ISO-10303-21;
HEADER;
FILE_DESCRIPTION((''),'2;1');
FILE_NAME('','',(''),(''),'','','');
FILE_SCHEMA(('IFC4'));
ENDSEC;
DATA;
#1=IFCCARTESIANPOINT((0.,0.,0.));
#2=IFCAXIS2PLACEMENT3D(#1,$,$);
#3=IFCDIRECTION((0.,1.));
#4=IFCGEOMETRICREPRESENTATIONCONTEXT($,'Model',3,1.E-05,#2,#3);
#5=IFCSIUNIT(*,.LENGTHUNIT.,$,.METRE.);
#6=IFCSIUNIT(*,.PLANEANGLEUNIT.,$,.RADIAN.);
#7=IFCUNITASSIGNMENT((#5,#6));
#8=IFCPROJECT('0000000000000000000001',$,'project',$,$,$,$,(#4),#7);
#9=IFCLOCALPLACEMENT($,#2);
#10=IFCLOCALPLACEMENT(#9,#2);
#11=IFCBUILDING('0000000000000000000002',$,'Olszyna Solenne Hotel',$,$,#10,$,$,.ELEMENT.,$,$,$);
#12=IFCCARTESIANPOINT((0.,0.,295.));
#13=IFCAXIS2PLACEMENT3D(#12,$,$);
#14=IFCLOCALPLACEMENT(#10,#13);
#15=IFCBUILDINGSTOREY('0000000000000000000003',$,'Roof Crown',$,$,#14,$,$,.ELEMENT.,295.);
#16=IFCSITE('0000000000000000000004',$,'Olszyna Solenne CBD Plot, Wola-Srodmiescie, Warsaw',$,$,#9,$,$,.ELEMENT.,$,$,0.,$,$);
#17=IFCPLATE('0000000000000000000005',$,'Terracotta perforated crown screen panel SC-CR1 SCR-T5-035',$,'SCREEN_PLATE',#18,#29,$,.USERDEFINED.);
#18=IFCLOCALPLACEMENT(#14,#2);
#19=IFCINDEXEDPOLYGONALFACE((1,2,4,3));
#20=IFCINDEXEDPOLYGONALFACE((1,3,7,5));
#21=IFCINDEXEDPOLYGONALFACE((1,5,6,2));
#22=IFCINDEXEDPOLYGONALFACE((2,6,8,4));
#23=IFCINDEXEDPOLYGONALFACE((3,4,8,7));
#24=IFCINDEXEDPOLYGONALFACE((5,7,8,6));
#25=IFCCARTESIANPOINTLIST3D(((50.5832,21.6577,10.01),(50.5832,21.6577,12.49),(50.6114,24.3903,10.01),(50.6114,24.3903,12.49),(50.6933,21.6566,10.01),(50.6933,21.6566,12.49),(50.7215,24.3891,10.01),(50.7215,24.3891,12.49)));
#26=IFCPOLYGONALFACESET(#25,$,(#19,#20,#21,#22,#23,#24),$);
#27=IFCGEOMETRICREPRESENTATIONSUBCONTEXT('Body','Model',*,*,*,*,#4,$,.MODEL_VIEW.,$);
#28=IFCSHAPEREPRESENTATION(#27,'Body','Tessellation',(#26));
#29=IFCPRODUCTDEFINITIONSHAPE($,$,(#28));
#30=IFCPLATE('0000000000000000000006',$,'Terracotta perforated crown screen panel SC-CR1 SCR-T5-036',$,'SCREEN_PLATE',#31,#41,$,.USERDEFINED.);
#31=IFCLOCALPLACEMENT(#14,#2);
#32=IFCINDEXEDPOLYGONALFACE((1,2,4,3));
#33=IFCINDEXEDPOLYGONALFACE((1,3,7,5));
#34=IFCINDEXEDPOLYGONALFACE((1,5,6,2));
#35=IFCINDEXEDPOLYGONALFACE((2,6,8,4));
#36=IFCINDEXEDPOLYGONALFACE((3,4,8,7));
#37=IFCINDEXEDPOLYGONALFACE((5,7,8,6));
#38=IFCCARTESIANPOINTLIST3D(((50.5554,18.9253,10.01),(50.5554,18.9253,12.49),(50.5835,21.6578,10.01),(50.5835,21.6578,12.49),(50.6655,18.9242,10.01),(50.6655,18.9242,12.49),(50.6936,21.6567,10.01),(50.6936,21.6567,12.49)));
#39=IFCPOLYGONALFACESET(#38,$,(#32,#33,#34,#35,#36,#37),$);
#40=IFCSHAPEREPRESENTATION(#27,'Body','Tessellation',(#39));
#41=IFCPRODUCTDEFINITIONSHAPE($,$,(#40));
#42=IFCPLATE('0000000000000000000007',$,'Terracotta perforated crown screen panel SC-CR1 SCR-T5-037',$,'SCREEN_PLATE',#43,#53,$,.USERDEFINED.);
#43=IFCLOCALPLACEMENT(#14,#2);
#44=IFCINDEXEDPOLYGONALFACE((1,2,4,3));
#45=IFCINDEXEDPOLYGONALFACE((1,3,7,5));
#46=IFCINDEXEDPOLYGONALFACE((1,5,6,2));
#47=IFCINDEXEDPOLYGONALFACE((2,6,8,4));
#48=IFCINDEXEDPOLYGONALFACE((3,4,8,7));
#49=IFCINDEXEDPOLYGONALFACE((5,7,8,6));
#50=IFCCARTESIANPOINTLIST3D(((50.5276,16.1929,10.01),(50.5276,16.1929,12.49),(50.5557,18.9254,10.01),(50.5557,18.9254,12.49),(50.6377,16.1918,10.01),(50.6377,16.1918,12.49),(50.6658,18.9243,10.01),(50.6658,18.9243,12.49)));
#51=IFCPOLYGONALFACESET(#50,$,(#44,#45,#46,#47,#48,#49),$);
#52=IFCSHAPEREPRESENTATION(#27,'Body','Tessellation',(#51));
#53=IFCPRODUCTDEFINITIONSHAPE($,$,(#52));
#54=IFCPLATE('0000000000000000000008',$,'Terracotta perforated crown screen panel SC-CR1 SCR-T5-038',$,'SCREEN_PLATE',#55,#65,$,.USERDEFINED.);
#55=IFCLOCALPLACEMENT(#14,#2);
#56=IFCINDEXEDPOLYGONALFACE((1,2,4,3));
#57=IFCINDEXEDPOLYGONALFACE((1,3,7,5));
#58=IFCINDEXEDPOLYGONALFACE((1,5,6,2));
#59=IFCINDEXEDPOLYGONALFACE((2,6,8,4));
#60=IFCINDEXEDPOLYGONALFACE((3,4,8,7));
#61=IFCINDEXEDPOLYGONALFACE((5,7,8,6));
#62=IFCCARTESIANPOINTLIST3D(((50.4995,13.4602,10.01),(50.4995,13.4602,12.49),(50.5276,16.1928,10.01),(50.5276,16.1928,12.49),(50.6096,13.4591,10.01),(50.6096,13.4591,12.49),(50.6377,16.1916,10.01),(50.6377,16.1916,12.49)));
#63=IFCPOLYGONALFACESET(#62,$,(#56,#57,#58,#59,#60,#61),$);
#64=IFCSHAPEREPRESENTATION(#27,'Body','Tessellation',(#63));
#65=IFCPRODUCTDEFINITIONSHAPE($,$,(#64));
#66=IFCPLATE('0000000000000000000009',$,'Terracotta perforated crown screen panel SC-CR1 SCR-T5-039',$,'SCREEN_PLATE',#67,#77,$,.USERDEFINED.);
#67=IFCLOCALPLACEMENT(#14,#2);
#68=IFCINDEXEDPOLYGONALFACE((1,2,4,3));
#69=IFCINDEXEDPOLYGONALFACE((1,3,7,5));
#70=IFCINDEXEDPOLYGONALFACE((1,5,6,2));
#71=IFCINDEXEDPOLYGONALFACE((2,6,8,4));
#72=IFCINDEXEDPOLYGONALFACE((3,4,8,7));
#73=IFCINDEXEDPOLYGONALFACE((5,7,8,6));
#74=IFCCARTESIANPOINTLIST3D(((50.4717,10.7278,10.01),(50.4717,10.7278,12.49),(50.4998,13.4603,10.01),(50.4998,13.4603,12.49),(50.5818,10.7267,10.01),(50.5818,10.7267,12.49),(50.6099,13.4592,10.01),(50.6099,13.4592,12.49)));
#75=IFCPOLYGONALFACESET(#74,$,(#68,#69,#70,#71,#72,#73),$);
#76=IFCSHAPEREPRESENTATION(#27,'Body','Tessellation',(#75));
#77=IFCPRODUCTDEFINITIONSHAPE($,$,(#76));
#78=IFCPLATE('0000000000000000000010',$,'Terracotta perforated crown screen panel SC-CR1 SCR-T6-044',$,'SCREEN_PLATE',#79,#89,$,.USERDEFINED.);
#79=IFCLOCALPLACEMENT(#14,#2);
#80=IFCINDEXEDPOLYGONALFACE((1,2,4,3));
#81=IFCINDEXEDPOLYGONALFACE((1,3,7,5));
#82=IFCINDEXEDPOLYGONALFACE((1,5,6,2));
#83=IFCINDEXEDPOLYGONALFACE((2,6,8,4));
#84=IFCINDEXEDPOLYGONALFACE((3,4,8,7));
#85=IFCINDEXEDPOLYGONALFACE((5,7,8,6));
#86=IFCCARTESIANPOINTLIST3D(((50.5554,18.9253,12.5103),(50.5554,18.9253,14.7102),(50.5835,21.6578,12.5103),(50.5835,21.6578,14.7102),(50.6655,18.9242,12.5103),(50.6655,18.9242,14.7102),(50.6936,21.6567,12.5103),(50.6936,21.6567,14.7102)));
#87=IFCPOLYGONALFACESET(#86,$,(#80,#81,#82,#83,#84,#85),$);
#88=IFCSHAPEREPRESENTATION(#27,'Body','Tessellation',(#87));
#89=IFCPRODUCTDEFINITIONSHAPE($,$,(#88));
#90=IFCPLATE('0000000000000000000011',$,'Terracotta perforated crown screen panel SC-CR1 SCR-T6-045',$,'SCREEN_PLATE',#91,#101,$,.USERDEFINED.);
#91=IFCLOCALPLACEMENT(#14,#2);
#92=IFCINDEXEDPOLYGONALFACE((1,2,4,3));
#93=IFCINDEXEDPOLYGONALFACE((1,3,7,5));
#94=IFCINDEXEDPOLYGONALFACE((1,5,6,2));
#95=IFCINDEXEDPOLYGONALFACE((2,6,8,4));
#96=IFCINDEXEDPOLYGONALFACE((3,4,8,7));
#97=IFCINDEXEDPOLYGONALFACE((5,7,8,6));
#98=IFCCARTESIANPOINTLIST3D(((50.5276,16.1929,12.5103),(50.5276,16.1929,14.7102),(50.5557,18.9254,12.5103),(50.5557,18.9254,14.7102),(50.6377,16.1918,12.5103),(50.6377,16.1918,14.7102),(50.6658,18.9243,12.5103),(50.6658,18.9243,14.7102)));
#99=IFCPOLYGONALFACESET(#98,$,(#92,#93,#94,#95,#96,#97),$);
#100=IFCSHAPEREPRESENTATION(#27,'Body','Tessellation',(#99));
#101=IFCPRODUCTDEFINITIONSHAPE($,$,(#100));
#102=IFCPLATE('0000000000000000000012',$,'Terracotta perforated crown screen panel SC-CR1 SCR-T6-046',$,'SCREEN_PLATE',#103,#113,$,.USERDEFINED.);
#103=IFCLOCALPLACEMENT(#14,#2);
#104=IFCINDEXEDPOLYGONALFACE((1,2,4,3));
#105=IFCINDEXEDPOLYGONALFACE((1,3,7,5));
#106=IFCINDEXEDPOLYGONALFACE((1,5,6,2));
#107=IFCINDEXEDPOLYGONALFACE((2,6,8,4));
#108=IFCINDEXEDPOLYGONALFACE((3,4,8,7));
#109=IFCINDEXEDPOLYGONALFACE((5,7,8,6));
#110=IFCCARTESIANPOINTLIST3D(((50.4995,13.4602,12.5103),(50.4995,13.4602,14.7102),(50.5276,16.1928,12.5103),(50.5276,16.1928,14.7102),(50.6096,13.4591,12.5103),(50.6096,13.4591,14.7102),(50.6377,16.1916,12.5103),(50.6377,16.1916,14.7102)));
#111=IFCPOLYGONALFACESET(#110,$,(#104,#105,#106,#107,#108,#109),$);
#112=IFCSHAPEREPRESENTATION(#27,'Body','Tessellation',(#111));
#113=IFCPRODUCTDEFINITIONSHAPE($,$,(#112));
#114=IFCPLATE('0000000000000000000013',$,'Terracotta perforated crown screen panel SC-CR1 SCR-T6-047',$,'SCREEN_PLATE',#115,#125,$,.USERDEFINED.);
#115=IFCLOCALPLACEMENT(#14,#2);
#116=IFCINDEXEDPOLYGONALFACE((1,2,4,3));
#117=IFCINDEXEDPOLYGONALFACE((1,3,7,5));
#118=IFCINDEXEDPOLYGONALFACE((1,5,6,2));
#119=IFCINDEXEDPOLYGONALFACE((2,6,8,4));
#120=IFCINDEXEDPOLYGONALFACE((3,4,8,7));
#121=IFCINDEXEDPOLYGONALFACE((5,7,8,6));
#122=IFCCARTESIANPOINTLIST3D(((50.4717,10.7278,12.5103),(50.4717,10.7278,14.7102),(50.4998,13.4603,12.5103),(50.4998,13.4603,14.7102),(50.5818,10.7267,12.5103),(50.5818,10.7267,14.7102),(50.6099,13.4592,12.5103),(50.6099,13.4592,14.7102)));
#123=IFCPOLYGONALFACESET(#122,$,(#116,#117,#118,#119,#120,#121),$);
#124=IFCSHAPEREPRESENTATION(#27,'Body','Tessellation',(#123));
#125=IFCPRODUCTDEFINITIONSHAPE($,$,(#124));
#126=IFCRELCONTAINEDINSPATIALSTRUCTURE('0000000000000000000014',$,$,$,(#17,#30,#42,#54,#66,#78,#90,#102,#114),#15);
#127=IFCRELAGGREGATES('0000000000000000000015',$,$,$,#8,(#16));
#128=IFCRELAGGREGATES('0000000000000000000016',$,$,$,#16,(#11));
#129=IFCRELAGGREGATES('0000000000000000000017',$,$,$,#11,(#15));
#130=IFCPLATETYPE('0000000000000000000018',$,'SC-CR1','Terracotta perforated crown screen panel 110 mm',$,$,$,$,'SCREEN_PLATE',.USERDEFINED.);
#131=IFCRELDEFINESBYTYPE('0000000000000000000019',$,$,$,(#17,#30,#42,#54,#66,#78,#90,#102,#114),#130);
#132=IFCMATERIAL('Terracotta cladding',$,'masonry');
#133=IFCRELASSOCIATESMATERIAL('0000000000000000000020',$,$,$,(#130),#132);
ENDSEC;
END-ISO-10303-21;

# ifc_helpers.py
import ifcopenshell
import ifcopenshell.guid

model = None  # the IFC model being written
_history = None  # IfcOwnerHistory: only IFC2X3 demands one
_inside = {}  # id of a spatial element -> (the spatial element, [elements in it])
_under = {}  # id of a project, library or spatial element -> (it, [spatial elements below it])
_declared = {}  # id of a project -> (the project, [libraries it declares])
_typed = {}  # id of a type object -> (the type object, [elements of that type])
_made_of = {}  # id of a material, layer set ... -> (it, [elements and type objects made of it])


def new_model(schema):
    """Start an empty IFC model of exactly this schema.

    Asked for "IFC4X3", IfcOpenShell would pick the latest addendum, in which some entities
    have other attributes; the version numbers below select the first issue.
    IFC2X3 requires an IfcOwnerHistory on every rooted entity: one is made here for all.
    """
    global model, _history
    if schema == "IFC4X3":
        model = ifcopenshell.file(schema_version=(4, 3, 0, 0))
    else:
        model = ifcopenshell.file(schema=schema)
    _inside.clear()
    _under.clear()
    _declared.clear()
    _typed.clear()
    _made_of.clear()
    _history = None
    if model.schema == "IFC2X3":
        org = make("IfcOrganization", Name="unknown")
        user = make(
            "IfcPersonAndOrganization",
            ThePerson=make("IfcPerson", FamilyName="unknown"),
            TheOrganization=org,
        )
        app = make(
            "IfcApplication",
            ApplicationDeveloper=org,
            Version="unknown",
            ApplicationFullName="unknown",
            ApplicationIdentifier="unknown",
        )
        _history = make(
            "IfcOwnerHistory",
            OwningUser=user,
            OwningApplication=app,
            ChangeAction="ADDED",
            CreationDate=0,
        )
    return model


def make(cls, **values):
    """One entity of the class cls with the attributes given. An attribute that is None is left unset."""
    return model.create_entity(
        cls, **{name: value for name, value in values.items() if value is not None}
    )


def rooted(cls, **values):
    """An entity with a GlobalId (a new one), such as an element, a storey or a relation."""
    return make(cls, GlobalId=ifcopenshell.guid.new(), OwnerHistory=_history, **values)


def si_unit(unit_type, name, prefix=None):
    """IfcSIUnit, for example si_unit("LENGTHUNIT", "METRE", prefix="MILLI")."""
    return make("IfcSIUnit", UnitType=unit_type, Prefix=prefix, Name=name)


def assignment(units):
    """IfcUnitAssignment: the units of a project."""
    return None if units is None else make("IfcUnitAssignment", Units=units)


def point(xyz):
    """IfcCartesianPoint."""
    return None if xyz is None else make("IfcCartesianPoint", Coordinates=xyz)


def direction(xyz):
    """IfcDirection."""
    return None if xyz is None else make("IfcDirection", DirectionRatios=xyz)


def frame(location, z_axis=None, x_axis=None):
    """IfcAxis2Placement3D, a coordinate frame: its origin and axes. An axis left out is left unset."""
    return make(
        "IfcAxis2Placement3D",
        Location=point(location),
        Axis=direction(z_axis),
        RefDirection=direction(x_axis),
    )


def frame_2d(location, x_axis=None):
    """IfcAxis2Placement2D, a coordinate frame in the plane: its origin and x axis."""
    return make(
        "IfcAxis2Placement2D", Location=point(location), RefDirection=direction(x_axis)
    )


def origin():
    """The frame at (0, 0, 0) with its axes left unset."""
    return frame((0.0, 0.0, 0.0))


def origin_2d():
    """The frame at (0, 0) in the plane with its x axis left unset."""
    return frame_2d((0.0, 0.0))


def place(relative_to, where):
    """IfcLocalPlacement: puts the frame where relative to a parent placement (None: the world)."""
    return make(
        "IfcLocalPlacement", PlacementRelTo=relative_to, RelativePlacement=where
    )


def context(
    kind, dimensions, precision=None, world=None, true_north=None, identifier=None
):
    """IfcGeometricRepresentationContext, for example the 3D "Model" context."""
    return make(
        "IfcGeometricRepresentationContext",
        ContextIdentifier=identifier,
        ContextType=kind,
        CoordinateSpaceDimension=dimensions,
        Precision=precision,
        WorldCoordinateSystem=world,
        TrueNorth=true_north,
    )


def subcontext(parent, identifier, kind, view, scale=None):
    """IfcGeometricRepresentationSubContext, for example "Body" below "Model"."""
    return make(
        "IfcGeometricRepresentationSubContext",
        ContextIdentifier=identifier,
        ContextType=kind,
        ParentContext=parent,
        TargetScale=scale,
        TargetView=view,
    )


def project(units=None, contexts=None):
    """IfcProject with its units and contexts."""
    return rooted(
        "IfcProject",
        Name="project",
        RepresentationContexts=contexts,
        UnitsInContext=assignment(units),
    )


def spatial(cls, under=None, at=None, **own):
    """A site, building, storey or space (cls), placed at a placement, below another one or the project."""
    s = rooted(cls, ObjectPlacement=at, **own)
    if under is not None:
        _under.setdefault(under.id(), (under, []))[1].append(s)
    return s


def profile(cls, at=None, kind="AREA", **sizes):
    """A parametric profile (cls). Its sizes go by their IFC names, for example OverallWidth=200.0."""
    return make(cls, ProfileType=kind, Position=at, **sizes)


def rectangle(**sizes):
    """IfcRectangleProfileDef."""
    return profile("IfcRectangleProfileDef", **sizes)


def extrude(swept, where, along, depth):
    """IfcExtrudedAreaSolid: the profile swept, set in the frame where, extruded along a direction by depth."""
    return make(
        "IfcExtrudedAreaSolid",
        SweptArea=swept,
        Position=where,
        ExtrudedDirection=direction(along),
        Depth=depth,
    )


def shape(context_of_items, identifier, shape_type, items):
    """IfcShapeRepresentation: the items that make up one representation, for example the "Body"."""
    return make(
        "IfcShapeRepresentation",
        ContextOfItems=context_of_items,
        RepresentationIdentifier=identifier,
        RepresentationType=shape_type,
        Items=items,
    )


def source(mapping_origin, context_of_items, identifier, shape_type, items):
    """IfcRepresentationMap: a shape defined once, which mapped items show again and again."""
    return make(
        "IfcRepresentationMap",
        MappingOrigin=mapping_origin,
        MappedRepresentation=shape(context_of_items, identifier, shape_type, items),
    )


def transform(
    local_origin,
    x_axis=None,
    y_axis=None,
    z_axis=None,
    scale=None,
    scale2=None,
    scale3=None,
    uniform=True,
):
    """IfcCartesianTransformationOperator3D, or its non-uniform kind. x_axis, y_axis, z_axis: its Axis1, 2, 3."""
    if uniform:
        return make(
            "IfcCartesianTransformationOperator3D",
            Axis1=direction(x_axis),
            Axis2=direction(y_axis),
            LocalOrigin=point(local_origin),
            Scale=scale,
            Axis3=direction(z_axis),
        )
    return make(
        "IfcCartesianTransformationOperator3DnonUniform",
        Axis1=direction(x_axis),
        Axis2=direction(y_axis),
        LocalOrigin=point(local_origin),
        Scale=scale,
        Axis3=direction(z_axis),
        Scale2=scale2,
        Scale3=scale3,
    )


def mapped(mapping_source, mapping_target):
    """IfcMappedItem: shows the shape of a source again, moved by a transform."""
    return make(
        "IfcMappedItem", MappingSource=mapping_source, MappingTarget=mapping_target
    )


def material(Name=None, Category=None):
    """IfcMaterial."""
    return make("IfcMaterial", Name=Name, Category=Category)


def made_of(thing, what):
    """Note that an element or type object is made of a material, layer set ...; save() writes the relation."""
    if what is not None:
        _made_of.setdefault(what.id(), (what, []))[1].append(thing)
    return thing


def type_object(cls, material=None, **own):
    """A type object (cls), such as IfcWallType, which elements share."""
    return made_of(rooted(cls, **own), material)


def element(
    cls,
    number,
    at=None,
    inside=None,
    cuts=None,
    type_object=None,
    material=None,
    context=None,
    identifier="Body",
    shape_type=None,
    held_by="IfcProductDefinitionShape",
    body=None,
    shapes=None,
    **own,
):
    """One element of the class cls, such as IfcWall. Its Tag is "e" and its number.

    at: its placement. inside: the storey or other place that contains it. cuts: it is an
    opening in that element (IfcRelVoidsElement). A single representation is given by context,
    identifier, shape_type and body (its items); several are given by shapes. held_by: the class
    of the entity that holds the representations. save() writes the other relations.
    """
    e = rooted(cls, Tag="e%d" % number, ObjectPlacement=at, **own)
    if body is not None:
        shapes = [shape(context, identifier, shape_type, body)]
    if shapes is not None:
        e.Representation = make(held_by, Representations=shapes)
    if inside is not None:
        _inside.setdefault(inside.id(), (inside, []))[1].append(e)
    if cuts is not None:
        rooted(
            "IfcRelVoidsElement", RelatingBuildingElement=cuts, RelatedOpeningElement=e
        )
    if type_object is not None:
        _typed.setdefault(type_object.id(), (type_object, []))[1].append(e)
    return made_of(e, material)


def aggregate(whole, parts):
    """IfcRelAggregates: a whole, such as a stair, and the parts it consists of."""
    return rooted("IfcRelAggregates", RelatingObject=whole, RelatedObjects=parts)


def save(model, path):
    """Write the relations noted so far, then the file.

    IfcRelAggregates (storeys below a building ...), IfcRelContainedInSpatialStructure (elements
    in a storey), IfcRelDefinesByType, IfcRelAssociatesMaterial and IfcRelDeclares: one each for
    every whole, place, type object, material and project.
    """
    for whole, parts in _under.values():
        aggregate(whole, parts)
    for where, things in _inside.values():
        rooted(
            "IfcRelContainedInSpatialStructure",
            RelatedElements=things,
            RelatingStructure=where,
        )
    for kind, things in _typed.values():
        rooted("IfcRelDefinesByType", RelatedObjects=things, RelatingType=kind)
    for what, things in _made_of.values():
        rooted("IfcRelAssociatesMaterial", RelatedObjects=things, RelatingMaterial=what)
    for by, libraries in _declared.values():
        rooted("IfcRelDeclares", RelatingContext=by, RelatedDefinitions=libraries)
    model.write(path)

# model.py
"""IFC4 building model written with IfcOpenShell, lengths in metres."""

from ifc_helpers import new_model, si_unit, direction, frame, origin, origin_2d, place, context, subcontext, project, spatial, rectangle, extrude, source, transform, mapped, material, type_object, element, save


model = new_model("IFC4")

# Units and contexts
model_context = context("Model", 3, precision=1e-05, world=origin(), true_north=direction((0.0, 1.0)))
body_context = subcontext(model_context, "Body", "Model", "MODEL_VIEW")
ifc_project = project(units=[si_unit("LENGTHUNIT", "METRE"), si_unit("PLANEANGLEUNIT", "RADIAN")], contexts=[model_context])

# Site, building, storey
site_placement = place(None, origin())
site = spatial("IfcSite", under=ifc_project, at=site_placement, Name="Olszyna Solenne CBD Plot, Wola-Srodmiescie, Warsaw", CompositionType="ELEMENT", RefElevation=0.0)
building_placement = place(site_placement, origin())
building = spatial("IfcBuilding", under=site, at=building_placement, Name="Olszyna Solenne Hotel", CompositionType="ELEMENT")
storey_placement = place(building_placement, frame((0.0, 0.0, 295.0)))
storey = spatial("IfcBuildingStorey", under=building, at=storey_placement, Name="Roof Crown", CompositionType="ELEMENT", Elevation=295.0)

# Plates
ifc_material = material(Name="Terracotta cladding", Category="masonry")
plate_type = type_object("IfcPlateType", Name="SC-CR1", Description="Terracotta perforated crown screen panel 110 mm", ElementType="SCREEN_PLATE", PredefinedType="USERDEFINED", material=ifc_material)
shared_shape_1 = source(origin(), body_context, "Body", "SweptSolid", [
    extrude(rectangle(XDim=2.7327, YDim=0.1101, at=origin_2d()), origin(), (0.0, 0.0, 1.0), 2.48),
])
for number, where, z_axis, x_axis, name in (
    (1, (50.6523, 23.0234, 10.01), (0.0, 0.0, 1.0), (-0.010297, -0.999947, 0.0), "Terracotta perforated crown screen panel SC-CR1 SCR-T5-035"),
    (2, (50.6245, 20.291, 10.01), (0.0, 0.0, 1.0), (-0.010297, -0.999947, 0.0), "Terracotta perforated crown screen panel SC-CR1 SCR-T5-036"),
    (3, (50.5967, 17.5586, 10.01), (0.0, 0.0, 1.0), (-0.010297, -0.999947, 0.0), "Terracotta perforated crown screen panel SC-CR1 SCR-T5-037"),
    (4, (50.5686, 14.8259, 10.01), (0.0, 0.0, 1.0), (-0.010297, -0.999947, 0.0), "Terracotta perforated crown screen panel SC-CR1 SCR-T5-038"),
    (5, (50.5408, 12.0935, 10.01), (0.0, 0.0, 1.0), (-0.010297, -0.999947, 0.0), "Terracotta perforated crown screen panel SC-CR1 SCR-T5-039"),
):
    element("IfcPlate", number, at=place(storey_placement, frame(where, z_axis=z_axis, x_axis=x_axis)), inside=storey, type_object=plate_type, Name=name, ObjectType="SCREEN_PLATE", PredefinedType="USERDEFINED", context=body_context, shape_type="MappedRepresentation", body=[
        mapped(shared_shape_1, transform((0.0, 0.0, 0.0), x_axis=(1.0, 0.0, 0.0), y_axis=(0.0, 1.0, 0.0), z_axis=(0.0, 0.0, 1.0), scale=1.0)),
    ])
shared_shape_2 = source(origin(), body_context, "Body", "SweptSolid", [
    extrude(rectangle(XDim=2.7327, YDim=0.1101, at=origin_2d()), origin(), (0.0, 0.0, 1.0), 2.2),
])
for number, where, z_axis, x_axis, name in (
    (6, (50.6245, 20.291, 12.5103), (0.0, 0.0, 1.0), (-0.010297, -0.999947, 0.0), "Terracotta perforated crown screen panel SC-CR1 SCR-T6-044"),
    (7, (50.5967, 17.5586, 12.5103), (0.0, 0.0, 1.0), (-0.010297, -0.999947, 0.0), "Terracotta perforated crown screen panel SC-CR1 SCR-T6-045"),
    (8, (50.5686, 14.8259, 12.5103), (0.0, 0.0, 1.0), (-0.010297, -0.999947, 0.0), "Terracotta perforated crown screen panel SC-CR1 SCR-T6-046"),
    (9, (50.5408, 12.0935, 12.5103), (0.0, 0.0, 1.0), (-0.010297, -0.999947, 0.0), "Terracotta perforated crown screen panel SC-CR1 SCR-T6-047"),
):
    element("IfcPlate", number, at=place(storey_placement, frame(where, z_axis=z_axis, x_axis=x_axis)), inside=storey, type_object=plate_type, Name=name, ObjectType="SCREEN_PLATE", PredefinedType="USERDEFINED", context=body_context, shape_type="MappedRepresentation", body=[
        mapped(shared_shape_2, transform((0.0, 0.0, 0.0), x_axis=(1.0, 0.0, 0.0), y_axis=(0.0, 1.0, 0.0), z_axis=(0.0, 0.0, 1.0), scale=1.0)),
    ])

save(model, "model.ifc")
